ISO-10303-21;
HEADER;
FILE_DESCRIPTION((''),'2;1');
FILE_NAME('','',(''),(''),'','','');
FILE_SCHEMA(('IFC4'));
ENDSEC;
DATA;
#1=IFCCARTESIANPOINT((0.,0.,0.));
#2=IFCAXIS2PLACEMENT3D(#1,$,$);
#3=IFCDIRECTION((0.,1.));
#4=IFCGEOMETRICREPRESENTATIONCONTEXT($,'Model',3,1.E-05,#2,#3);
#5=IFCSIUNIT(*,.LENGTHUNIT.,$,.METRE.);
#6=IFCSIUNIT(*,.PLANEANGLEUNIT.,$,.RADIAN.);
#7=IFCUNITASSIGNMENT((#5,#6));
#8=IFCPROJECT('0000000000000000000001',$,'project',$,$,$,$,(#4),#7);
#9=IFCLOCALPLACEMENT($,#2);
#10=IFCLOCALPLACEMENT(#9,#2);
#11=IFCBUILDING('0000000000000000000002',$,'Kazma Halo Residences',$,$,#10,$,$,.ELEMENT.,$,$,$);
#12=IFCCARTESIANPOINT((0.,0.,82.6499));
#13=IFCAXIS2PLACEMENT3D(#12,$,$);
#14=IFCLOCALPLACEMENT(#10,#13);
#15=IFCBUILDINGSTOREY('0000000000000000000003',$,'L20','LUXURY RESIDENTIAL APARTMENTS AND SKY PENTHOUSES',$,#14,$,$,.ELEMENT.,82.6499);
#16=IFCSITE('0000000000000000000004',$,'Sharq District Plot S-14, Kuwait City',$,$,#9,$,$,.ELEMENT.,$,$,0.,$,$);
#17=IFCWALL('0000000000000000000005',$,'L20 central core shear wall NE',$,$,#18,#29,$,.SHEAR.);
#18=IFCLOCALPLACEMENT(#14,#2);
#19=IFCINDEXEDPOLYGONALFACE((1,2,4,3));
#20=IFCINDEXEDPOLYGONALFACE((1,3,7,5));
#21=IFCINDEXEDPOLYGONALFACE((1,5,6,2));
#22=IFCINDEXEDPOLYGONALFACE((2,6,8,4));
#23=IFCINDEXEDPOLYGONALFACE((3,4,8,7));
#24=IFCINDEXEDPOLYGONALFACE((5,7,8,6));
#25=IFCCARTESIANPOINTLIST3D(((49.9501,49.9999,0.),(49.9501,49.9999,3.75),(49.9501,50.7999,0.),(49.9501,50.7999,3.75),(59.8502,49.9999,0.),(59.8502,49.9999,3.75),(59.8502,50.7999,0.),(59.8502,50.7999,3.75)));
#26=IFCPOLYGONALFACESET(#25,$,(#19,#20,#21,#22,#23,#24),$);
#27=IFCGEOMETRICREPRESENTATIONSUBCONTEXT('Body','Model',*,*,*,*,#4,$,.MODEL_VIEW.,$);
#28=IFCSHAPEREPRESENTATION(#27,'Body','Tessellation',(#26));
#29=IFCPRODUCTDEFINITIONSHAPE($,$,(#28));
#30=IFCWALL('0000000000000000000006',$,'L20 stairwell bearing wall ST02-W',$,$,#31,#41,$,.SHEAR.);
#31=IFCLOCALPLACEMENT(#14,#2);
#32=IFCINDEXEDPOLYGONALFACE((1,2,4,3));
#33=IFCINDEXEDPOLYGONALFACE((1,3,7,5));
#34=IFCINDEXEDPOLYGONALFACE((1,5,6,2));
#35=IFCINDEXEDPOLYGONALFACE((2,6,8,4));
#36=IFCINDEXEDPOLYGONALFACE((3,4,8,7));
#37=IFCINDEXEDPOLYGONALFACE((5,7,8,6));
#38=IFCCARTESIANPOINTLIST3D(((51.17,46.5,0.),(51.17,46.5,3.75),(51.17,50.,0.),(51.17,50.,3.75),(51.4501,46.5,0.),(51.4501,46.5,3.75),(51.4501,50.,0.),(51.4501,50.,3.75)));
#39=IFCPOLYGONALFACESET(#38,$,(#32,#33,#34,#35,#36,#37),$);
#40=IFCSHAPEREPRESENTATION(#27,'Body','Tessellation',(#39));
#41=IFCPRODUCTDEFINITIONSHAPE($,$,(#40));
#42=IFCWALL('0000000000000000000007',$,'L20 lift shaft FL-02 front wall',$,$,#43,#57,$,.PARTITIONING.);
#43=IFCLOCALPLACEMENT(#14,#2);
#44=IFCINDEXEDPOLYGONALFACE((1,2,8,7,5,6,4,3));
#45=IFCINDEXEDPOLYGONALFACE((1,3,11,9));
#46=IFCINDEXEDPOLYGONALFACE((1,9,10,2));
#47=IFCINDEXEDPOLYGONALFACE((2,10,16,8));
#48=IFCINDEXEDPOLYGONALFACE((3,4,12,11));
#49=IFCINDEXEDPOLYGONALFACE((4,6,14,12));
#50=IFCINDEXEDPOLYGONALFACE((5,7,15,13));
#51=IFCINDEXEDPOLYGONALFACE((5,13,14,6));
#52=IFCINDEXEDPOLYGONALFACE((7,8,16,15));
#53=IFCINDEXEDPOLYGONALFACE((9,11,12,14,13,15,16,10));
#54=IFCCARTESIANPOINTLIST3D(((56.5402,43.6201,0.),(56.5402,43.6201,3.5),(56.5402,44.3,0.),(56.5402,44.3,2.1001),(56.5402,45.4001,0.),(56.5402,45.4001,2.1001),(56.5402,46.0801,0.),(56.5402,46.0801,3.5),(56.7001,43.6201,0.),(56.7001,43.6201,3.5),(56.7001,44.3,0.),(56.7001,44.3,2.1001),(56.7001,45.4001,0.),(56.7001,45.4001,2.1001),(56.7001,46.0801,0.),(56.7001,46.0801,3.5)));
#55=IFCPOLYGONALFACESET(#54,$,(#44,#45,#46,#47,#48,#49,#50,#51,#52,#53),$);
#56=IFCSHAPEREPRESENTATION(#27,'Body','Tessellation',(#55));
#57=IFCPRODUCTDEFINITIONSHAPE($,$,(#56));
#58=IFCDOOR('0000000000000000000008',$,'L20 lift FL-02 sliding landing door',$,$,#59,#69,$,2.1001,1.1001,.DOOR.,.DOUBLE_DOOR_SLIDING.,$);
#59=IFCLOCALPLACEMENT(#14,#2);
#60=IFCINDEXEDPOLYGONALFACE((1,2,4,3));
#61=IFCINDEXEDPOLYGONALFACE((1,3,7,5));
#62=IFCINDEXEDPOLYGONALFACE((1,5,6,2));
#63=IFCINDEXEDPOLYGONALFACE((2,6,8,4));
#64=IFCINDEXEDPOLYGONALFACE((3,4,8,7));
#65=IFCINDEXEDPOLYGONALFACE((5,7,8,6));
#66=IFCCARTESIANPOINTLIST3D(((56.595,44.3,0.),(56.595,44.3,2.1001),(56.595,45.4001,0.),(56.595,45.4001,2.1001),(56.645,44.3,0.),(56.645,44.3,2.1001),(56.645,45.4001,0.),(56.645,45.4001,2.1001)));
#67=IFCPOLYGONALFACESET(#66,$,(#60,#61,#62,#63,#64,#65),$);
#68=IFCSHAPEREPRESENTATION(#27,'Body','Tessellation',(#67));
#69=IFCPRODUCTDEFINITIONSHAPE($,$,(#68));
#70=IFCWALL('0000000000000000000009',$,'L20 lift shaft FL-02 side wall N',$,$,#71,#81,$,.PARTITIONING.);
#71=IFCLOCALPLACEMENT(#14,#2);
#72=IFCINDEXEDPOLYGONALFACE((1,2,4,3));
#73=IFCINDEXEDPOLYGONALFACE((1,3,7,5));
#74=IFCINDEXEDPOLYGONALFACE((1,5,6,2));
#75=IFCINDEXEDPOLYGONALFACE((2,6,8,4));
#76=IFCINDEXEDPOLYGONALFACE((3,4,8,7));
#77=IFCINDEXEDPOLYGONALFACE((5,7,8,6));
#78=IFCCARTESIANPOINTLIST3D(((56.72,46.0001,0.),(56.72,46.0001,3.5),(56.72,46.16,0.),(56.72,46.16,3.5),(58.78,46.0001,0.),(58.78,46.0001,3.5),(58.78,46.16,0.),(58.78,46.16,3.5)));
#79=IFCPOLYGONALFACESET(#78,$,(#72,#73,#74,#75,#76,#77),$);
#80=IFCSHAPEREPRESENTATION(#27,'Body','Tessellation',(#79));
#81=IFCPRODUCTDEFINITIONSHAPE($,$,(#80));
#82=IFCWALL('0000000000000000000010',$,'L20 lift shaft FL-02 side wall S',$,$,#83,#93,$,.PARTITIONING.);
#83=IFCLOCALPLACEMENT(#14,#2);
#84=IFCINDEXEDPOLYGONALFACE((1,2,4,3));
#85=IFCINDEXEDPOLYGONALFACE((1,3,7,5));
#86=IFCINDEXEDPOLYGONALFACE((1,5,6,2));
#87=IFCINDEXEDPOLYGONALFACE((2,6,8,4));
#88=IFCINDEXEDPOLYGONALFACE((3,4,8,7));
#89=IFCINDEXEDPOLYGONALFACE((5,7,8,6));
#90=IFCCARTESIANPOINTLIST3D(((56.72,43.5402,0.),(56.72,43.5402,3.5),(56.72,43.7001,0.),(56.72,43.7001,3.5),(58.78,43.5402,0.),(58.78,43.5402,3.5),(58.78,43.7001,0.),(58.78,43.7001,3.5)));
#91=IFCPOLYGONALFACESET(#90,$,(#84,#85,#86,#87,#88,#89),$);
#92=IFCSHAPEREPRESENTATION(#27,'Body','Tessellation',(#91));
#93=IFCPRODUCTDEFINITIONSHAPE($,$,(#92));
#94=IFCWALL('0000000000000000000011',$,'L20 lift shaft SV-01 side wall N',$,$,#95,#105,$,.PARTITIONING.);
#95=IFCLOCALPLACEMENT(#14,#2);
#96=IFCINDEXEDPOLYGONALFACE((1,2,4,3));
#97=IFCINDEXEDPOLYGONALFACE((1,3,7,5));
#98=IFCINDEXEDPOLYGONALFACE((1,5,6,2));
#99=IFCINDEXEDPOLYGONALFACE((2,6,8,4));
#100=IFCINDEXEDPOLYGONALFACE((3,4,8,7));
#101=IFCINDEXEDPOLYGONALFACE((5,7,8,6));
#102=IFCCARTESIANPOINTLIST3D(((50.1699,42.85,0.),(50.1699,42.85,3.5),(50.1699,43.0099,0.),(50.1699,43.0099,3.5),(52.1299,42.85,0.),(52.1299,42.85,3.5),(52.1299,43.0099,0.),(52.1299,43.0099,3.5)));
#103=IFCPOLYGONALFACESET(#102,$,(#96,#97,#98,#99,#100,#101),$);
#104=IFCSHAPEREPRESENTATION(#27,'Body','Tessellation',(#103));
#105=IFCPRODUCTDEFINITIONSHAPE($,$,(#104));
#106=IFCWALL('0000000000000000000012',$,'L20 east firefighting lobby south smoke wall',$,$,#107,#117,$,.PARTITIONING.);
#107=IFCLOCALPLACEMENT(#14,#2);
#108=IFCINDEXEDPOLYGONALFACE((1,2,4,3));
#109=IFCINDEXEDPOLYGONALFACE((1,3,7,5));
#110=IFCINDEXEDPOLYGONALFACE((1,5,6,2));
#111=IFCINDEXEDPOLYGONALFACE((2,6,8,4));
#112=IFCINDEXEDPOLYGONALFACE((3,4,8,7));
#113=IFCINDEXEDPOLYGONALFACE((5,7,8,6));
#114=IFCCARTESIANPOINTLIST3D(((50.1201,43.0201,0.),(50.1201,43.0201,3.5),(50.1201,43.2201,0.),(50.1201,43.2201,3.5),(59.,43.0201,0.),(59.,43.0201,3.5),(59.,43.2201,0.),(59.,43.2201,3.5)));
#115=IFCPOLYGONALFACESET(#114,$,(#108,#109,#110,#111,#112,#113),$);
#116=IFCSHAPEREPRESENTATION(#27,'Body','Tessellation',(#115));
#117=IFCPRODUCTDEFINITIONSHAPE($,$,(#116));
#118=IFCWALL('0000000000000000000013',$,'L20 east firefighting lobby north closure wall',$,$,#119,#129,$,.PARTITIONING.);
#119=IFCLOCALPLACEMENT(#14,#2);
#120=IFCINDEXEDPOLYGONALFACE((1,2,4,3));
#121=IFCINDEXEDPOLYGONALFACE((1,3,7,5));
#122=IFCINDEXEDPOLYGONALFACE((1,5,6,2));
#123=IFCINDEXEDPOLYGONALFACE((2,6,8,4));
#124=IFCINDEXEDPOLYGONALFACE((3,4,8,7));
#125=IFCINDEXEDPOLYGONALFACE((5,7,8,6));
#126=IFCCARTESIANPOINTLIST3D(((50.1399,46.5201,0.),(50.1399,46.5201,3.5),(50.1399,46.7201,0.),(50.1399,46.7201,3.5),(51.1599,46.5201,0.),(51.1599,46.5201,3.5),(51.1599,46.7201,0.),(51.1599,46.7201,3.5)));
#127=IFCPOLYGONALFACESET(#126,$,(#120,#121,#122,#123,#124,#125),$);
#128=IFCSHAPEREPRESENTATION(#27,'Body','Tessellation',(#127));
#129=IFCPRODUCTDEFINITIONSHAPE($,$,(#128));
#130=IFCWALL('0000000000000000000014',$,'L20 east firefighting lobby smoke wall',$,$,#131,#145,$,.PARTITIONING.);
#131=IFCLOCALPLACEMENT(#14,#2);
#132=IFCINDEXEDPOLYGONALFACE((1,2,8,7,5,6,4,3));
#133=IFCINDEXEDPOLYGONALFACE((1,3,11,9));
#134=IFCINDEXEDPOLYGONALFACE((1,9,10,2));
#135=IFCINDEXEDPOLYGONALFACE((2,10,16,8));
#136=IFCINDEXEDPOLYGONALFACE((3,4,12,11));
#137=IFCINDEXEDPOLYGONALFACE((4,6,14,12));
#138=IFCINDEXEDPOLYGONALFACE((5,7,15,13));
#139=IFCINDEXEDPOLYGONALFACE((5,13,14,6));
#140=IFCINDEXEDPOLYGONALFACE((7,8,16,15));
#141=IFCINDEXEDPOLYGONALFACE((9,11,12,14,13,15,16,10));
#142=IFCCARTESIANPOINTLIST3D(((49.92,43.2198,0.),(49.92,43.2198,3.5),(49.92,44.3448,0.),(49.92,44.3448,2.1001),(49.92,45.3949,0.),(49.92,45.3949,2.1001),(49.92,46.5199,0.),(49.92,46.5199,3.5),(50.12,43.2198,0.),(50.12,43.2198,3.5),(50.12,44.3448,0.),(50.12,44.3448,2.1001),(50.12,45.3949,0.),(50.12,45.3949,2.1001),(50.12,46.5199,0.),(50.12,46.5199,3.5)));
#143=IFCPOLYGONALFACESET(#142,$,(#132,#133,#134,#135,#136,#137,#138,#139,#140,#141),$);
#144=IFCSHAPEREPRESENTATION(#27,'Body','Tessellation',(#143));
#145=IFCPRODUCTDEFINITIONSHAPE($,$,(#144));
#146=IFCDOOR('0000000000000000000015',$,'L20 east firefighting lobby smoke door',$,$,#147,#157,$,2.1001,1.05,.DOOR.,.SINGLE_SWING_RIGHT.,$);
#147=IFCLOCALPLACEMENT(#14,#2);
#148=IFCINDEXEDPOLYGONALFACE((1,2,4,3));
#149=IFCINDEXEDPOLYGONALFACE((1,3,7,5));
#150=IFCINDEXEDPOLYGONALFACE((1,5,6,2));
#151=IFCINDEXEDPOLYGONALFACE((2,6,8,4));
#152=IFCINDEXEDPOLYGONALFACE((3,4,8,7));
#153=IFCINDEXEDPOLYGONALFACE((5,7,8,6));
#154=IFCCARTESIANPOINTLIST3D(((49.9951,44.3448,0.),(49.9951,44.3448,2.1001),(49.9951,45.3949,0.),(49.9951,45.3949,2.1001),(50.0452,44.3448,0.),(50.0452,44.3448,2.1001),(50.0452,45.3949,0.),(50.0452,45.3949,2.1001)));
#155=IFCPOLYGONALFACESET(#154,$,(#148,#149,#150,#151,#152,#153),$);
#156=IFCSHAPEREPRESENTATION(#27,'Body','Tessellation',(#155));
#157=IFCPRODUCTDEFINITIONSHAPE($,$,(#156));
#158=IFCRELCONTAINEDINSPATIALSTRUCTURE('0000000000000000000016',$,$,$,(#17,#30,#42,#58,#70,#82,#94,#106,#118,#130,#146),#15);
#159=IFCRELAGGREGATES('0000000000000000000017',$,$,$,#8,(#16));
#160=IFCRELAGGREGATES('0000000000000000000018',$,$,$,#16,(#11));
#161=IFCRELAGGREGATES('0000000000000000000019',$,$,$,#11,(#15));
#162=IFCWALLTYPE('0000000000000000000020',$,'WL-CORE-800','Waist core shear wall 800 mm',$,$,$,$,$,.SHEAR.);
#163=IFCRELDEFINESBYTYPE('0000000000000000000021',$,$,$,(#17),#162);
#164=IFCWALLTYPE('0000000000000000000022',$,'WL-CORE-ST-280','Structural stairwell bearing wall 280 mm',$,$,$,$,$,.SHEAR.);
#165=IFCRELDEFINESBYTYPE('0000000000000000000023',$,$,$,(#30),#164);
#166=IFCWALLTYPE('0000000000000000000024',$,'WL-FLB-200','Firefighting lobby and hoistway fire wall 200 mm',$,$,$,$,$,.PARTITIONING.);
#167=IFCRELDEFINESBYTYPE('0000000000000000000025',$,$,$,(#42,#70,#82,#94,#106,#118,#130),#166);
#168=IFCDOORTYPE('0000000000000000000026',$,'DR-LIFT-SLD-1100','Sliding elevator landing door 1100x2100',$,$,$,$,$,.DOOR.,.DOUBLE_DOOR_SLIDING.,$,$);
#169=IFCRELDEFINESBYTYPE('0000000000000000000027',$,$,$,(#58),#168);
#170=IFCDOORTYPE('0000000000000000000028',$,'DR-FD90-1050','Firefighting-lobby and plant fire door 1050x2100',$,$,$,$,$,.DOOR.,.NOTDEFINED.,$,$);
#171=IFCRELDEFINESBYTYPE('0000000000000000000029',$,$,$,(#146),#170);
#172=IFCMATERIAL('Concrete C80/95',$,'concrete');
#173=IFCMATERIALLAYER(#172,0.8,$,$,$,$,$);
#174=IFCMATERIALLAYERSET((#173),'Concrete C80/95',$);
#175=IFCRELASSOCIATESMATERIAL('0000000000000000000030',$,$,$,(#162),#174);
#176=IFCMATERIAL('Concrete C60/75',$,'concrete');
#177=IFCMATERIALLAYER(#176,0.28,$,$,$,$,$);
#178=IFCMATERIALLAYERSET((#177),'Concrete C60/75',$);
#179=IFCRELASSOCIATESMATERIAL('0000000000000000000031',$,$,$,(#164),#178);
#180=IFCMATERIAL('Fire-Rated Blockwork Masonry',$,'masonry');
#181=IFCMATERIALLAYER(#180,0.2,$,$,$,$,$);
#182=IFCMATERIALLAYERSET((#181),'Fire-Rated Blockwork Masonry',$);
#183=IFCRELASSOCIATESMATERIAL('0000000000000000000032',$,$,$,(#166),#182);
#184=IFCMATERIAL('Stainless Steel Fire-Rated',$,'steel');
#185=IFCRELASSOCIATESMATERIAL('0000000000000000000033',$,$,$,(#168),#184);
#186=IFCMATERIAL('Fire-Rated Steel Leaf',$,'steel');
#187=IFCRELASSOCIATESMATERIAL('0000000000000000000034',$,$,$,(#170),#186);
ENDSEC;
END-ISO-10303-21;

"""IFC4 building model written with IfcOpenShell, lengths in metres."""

from ifc_helpers import new_model, si_unit, direction, frame, frame_2d, origin, place, context, subcontext, project, spatial, rectangle, extrude, material, layer, layer_set, type_object, element, fill, save


model = new_model("IFC4")

# Units and contexts
model_context = context("Model", 3, precision=1e-05, world=origin(), true_north=direction((0.0, 1.0)))
body_context = subcontext(model_context, "Body", "Model", "MODEL_VIEW")
ifc_project = project(units=[si_unit("LENGTHUNIT", "METRE"), si_unit("PLANEANGLEUNIT", "RADIAN")], contexts=[model_context])

# Site, building, storey
site_placement = place(None, origin())
site = spatial("IfcSite", under=ifc_project, at=site_placement, Name="Sharq District Plot S-14, Kuwait City", CompositionType="ELEMENT", RefElevation=0.0)
building_placement = place(site_placement, origin())
building = spatial("IfcBuilding", under=site, at=building_placement, Name="Kazma Halo Residences", CompositionType="ELEMENT")
storey_placement = place(building_placement, frame((0.0, 0.0, 82.6499)))
storey = spatial("IfcBuildingStorey", under=building, at=storey_placement, Name="L20", Description="LUXURY RESIDENTIAL APARTMENTS AND SKY PENTHOUSES", CompositionType="ELEMENT", Elevation=82.6499)

# Walls
ifc_material_1 = material(Name="Concrete C80/95", Category="concrete")
ifc_layer_1 = layer(ifc_material_1, 0.8)
ifc_layer_set_1 = layer_set([ifc_layer_1], Name="Concrete C80/95")
wall_type_1 = type_object("IfcWallType", Name="WL-CORE-800", Description="Waist core shear wall 800 mm", PredefinedType="SHEAR", material=ifc_layer_set_1)
wall_1_placement = place(storey_placement, frame((49.95, 50.3999, 0.0), z_axis=(0.0, 0.0, 1.0), x_axis=(1.0, 0.0, 0.0)))
element("IfcWall", 1, at=wall_1_placement, inside=storey, type_object=wall_type_1, Name="L20 central core shear wall NE", PredefinedType="SHEAR", context=body_context, shape_type="SweptSolid", body=[
    extrude(rectangle(XDim=9.9001, YDim=0.8, at=frame_2d((4.9502, 0.0))), origin(), (0.0, 0.0, 1.0), 3.75),
])
ifc_material_2 = material(Name="Concrete C60/75", Category="concrete")
ifc_layer_2 = layer(ifc_material_2, 0.28)
ifc_layer_set_2 = layer_set([ifc_layer_2], Name="Concrete C60/75")
wall_type_2 = type_object("IfcWallType", Name="WL-CORE-ST-280", Description="Structural stairwell bearing wall 280 mm", PredefinedType="SHEAR", material=ifc_layer_set_2)
wall_2_placement = place(storey_placement, frame((51.3101, 46.5, 0.0), z_axis=(0.0, 0.0, 1.0), x_axis=(0.0, 1.0, 0.0)))
element("IfcWall", 2, at=wall_2_placement, inside=storey, type_object=wall_type_2, Name="L20 stairwell bearing wall ST02-W", PredefinedType="SHEAR", context=body_context, shape_type="SweptSolid", body=[
    extrude(rectangle(XDim=3.5, YDim=0.28, at=frame_2d((1.75, 0.0))), origin(), (0.0, 0.0, 1.0), 3.75),
])

# Wall, opening, door
ifc_material_3 = material(Name="Fire-Rated Blockwork Masonry", Category="masonry")
ifc_layer_3 = layer(ifc_material_3, 0.2)
ifc_layer_set_3 = layer_set([ifc_layer_3], Name="Fire-Rated Blockwork Masonry")
wall_type_3 = type_object("IfcWallType", Name="WL-FLB-200", Description="Firefighting lobby and hoistway fire wall 200 mm", PredefinedType="PARTITIONING", material=ifc_layer_set_3)
wall_3_placement = place(storey_placement, frame((56.6201, 46.0801, 0.0), z_axis=(0.0, 0.0, 1.0), x_axis=(0.0, -1.0, 0.0)))
wall_3 = element("IfcWall", 3, at=wall_3_placement, inside=storey, type_object=wall_type_3, Name="L20 lift shaft FL-02 front wall", PredefinedType="PARTITIONING", context=body_context, shape_type="SweptSolid", body=[
    extrude(rectangle(XDim=2.46, YDim=0.1599, at=frame_2d((1.23, 0.0))), origin(), (0.0, 0.0, 1.0), 3.5),
])
opening_1_placement = place(wall_3_placement, frame((0.6799, 0.0, 0.0)))
opening_1 = element("IfcOpeningElement", 4, at=opening_1_placement, cuts=wall_3, PredefinedType="OPENING", context=body_context, shape_type="SweptSolid", body=[
    extrude(rectangle(XDim=1.1001, YDim=2.1001, at=frame_2d((0.55, 1.05))), frame((0.0, 0.0898, 0.0), z_axis=(0.0, -1.0, 0.0), x_axis=(1.0, 0.0, 0.0)), (0.0, 0.0, 1.0), 0.1799),
])
ifc_material_4 = material(Name="Stainless Steel Fire-Rated", Category="steel")
door_type_1 = type_object("IfcDoorType", Name="DR-LIFT-SLD-1100", Description="Sliding elevator landing door 1100x2100", OperationType="DOUBLE_DOOR_SLIDING", PredefinedType="DOOR", material=ifc_material_4)
door_1_placement = place(opening_1_placement, origin())
door_1 = element("IfcDoor", 5, at=door_1_placement, inside=storey, type_object=door_type_1, Name="L20 lift FL-02 sliding landing door", OperationType="DOUBLE_DOOR_SLIDING", OverallHeight=2.1001, OverallWidth=1.1001, PredefinedType="DOOR", context=body_context, shape_type="SweptSolid", body=[
    extrude(rectangle(XDim=1.1001, YDim=2.1001, at=frame_2d((0.55, 1.05))), frame((0.0, 0.0249, 0.0), z_axis=(0.0, -1.0, 0.0), x_axis=(1.0, 0.0, 0.0)), (0.0, 0.0, 1.0), 0.05),
])
fill(opening_1, door_1)

# Walls
for number, where, z_axis, x_axis, name in (
    (6, (56.72, 46.0801, 0.0), (0.0, 0.0, 1.0), (1.0, 0.0, 0.0), "L20 lift shaft FL-02 side wall N"),
    (7, (56.72, 43.6201, 0.0), (0.0, 0.0, 1.0), (1.0, 0.0, 0.0), "L20 lift shaft FL-02 side wall S"),
):
    element("IfcWall", number, at=place(storey_placement, frame(where, z_axis=z_axis, x_axis=x_axis)), inside=storey, type_object=wall_type_3, Name=name, PredefinedType="PARTITIONING", context=body_context, shape_type="SweptSolid", body=[
        extrude(rectangle(XDim=2.0601, YDim=0.1599, at=frame_2d((1.03, 0.0))), origin(), (0.0, 0.0, 1.0), 3.5),
    ])
wall_4_placement = place(storey_placement, frame((50.1699, 42.9299, 0.0), z_axis=(0.0, 0.0, 1.0), x_axis=(1.0, 0.0, 0.0)))
element("IfcWall", 8, at=wall_4_placement, inside=storey, type_object=wall_type_3, Name="L20 lift shaft SV-01 side wall N", PredefinedType="PARTITIONING", context=body_context, shape_type="SweptSolid", body=[
    extrude(rectangle(XDim=1.96, YDim=0.1599, at=frame_2d((0.98, 0.0))), origin(), (0.0, 0.0, 1.0), 3.5),
])
wall_5_placement = place(storey_placement, frame((50.1201, 43.1201, 0.0), z_axis=(0.0, 0.0, 1.0), x_axis=(1.0, 0.0, 0.0)))
element("IfcWall", 9, at=wall_5_placement, inside=storey, type_object=wall_type_3, Name="L20 east firefighting lobby south smoke wall", PredefinedType="PARTITIONING", context=body_context, shape_type="SweptSolid", body=[
    extrude(rectangle(XDim=8.8799, YDim=0.2, at=frame_2d((4.4399, 0.0))), origin(), (0.0, 0.0, 1.0), 3.5),
])
wall_6_placement = place(storey_placement, frame((50.1399, 46.6201, 0.0), z_axis=(0.0, 0.0, 1.0), x_axis=(1.0, 0.0, 0.0)))
element("IfcWall", 10, at=wall_6_placement, inside=storey, type_object=wall_type_3, Name="L20 east firefighting lobby north closure wall", PredefinedType="PARTITIONING", context=body_context, shape_type="SweptSolid", body=[
    extrude(rectangle(XDim=1.02, YDim=0.2, at=frame_2d((0.51, 0.0))), origin(), (0.0, 0.0, 1.0), 3.5),
])

# Wall, opening, door
wall_7_placement = place(storey_placement, frame((50.02, 43.22, 0.0), z_axis=(0.0, 0.0, 1.0), x_axis=(0.0, 1.0, 0.0)))
wall_7 = element("IfcWall", 11, at=wall_7_placement, inside=storey, type_object=wall_type_3, Name="L20 east firefighting lobby smoke wall", PredefinedType="PARTITIONING", context=body_context, shape_type="SweptSolid", body=[
    extrude(rectangle(XDim=3.3, YDim=0.2, at=frame_2d((1.6499, 0.0))), origin(), (0.0, 0.0, 1.0), 3.5),
])
opening_2_placement = place(wall_7_placement, frame((1.125, 0.0, 0.0)))
opening_2 = element("IfcOpeningElement", 12, at=opening_2_placement, cuts=wall_7, PredefinedType="OPENING", context=body_context, shape_type="SweptSolid", body=[
    extrude(rectangle(XDim=1.05, YDim=2.1001, at=frame_2d((0.5249, 1.05))), frame((0.0, 0.1099, 0.0), z_axis=(0.0, -1.0, 0.0), x_axis=(1.0, 0.0, 0.0)), (0.0, 0.0, 1.0), 0.22),
])
ifc_material_5 = material(Name="Fire-Rated Steel Leaf", Category="steel")
door_type_2 = type_object("IfcDoorType", Name="DR-FD90-1050", Description="Firefighting-lobby and plant fire door 1050x2100", OperationType="NOTDEFINED", PredefinedType="DOOR", material=ifc_material_5)
door_2_placement = place(opening_2_placement, origin())
door_2 = element("IfcDoor", 13, at=door_2_placement, inside=storey, type_object=door_type_2, Name="L20 east firefighting lobby smoke door", OperationType="SINGLE_SWING_RIGHT", OverallHeight=2.1001, OverallWidth=1.05, PredefinedType="DOOR", context=body_context, shape_type="SweptSolid", body=[
    extrude(rectangle(XDim=1.05, YDim=2.1001, at=frame_2d((0.5249, 1.05))), frame((0.0, 0.0249, 0.0), z_axis=(0.0, -1.0, 0.0), x_axis=(1.0, 0.0, 0.0)), (0.0, 0.0, 1.0), 0.05),
])
fill(opening_2, door_2)

save(model, "model.ifc")
